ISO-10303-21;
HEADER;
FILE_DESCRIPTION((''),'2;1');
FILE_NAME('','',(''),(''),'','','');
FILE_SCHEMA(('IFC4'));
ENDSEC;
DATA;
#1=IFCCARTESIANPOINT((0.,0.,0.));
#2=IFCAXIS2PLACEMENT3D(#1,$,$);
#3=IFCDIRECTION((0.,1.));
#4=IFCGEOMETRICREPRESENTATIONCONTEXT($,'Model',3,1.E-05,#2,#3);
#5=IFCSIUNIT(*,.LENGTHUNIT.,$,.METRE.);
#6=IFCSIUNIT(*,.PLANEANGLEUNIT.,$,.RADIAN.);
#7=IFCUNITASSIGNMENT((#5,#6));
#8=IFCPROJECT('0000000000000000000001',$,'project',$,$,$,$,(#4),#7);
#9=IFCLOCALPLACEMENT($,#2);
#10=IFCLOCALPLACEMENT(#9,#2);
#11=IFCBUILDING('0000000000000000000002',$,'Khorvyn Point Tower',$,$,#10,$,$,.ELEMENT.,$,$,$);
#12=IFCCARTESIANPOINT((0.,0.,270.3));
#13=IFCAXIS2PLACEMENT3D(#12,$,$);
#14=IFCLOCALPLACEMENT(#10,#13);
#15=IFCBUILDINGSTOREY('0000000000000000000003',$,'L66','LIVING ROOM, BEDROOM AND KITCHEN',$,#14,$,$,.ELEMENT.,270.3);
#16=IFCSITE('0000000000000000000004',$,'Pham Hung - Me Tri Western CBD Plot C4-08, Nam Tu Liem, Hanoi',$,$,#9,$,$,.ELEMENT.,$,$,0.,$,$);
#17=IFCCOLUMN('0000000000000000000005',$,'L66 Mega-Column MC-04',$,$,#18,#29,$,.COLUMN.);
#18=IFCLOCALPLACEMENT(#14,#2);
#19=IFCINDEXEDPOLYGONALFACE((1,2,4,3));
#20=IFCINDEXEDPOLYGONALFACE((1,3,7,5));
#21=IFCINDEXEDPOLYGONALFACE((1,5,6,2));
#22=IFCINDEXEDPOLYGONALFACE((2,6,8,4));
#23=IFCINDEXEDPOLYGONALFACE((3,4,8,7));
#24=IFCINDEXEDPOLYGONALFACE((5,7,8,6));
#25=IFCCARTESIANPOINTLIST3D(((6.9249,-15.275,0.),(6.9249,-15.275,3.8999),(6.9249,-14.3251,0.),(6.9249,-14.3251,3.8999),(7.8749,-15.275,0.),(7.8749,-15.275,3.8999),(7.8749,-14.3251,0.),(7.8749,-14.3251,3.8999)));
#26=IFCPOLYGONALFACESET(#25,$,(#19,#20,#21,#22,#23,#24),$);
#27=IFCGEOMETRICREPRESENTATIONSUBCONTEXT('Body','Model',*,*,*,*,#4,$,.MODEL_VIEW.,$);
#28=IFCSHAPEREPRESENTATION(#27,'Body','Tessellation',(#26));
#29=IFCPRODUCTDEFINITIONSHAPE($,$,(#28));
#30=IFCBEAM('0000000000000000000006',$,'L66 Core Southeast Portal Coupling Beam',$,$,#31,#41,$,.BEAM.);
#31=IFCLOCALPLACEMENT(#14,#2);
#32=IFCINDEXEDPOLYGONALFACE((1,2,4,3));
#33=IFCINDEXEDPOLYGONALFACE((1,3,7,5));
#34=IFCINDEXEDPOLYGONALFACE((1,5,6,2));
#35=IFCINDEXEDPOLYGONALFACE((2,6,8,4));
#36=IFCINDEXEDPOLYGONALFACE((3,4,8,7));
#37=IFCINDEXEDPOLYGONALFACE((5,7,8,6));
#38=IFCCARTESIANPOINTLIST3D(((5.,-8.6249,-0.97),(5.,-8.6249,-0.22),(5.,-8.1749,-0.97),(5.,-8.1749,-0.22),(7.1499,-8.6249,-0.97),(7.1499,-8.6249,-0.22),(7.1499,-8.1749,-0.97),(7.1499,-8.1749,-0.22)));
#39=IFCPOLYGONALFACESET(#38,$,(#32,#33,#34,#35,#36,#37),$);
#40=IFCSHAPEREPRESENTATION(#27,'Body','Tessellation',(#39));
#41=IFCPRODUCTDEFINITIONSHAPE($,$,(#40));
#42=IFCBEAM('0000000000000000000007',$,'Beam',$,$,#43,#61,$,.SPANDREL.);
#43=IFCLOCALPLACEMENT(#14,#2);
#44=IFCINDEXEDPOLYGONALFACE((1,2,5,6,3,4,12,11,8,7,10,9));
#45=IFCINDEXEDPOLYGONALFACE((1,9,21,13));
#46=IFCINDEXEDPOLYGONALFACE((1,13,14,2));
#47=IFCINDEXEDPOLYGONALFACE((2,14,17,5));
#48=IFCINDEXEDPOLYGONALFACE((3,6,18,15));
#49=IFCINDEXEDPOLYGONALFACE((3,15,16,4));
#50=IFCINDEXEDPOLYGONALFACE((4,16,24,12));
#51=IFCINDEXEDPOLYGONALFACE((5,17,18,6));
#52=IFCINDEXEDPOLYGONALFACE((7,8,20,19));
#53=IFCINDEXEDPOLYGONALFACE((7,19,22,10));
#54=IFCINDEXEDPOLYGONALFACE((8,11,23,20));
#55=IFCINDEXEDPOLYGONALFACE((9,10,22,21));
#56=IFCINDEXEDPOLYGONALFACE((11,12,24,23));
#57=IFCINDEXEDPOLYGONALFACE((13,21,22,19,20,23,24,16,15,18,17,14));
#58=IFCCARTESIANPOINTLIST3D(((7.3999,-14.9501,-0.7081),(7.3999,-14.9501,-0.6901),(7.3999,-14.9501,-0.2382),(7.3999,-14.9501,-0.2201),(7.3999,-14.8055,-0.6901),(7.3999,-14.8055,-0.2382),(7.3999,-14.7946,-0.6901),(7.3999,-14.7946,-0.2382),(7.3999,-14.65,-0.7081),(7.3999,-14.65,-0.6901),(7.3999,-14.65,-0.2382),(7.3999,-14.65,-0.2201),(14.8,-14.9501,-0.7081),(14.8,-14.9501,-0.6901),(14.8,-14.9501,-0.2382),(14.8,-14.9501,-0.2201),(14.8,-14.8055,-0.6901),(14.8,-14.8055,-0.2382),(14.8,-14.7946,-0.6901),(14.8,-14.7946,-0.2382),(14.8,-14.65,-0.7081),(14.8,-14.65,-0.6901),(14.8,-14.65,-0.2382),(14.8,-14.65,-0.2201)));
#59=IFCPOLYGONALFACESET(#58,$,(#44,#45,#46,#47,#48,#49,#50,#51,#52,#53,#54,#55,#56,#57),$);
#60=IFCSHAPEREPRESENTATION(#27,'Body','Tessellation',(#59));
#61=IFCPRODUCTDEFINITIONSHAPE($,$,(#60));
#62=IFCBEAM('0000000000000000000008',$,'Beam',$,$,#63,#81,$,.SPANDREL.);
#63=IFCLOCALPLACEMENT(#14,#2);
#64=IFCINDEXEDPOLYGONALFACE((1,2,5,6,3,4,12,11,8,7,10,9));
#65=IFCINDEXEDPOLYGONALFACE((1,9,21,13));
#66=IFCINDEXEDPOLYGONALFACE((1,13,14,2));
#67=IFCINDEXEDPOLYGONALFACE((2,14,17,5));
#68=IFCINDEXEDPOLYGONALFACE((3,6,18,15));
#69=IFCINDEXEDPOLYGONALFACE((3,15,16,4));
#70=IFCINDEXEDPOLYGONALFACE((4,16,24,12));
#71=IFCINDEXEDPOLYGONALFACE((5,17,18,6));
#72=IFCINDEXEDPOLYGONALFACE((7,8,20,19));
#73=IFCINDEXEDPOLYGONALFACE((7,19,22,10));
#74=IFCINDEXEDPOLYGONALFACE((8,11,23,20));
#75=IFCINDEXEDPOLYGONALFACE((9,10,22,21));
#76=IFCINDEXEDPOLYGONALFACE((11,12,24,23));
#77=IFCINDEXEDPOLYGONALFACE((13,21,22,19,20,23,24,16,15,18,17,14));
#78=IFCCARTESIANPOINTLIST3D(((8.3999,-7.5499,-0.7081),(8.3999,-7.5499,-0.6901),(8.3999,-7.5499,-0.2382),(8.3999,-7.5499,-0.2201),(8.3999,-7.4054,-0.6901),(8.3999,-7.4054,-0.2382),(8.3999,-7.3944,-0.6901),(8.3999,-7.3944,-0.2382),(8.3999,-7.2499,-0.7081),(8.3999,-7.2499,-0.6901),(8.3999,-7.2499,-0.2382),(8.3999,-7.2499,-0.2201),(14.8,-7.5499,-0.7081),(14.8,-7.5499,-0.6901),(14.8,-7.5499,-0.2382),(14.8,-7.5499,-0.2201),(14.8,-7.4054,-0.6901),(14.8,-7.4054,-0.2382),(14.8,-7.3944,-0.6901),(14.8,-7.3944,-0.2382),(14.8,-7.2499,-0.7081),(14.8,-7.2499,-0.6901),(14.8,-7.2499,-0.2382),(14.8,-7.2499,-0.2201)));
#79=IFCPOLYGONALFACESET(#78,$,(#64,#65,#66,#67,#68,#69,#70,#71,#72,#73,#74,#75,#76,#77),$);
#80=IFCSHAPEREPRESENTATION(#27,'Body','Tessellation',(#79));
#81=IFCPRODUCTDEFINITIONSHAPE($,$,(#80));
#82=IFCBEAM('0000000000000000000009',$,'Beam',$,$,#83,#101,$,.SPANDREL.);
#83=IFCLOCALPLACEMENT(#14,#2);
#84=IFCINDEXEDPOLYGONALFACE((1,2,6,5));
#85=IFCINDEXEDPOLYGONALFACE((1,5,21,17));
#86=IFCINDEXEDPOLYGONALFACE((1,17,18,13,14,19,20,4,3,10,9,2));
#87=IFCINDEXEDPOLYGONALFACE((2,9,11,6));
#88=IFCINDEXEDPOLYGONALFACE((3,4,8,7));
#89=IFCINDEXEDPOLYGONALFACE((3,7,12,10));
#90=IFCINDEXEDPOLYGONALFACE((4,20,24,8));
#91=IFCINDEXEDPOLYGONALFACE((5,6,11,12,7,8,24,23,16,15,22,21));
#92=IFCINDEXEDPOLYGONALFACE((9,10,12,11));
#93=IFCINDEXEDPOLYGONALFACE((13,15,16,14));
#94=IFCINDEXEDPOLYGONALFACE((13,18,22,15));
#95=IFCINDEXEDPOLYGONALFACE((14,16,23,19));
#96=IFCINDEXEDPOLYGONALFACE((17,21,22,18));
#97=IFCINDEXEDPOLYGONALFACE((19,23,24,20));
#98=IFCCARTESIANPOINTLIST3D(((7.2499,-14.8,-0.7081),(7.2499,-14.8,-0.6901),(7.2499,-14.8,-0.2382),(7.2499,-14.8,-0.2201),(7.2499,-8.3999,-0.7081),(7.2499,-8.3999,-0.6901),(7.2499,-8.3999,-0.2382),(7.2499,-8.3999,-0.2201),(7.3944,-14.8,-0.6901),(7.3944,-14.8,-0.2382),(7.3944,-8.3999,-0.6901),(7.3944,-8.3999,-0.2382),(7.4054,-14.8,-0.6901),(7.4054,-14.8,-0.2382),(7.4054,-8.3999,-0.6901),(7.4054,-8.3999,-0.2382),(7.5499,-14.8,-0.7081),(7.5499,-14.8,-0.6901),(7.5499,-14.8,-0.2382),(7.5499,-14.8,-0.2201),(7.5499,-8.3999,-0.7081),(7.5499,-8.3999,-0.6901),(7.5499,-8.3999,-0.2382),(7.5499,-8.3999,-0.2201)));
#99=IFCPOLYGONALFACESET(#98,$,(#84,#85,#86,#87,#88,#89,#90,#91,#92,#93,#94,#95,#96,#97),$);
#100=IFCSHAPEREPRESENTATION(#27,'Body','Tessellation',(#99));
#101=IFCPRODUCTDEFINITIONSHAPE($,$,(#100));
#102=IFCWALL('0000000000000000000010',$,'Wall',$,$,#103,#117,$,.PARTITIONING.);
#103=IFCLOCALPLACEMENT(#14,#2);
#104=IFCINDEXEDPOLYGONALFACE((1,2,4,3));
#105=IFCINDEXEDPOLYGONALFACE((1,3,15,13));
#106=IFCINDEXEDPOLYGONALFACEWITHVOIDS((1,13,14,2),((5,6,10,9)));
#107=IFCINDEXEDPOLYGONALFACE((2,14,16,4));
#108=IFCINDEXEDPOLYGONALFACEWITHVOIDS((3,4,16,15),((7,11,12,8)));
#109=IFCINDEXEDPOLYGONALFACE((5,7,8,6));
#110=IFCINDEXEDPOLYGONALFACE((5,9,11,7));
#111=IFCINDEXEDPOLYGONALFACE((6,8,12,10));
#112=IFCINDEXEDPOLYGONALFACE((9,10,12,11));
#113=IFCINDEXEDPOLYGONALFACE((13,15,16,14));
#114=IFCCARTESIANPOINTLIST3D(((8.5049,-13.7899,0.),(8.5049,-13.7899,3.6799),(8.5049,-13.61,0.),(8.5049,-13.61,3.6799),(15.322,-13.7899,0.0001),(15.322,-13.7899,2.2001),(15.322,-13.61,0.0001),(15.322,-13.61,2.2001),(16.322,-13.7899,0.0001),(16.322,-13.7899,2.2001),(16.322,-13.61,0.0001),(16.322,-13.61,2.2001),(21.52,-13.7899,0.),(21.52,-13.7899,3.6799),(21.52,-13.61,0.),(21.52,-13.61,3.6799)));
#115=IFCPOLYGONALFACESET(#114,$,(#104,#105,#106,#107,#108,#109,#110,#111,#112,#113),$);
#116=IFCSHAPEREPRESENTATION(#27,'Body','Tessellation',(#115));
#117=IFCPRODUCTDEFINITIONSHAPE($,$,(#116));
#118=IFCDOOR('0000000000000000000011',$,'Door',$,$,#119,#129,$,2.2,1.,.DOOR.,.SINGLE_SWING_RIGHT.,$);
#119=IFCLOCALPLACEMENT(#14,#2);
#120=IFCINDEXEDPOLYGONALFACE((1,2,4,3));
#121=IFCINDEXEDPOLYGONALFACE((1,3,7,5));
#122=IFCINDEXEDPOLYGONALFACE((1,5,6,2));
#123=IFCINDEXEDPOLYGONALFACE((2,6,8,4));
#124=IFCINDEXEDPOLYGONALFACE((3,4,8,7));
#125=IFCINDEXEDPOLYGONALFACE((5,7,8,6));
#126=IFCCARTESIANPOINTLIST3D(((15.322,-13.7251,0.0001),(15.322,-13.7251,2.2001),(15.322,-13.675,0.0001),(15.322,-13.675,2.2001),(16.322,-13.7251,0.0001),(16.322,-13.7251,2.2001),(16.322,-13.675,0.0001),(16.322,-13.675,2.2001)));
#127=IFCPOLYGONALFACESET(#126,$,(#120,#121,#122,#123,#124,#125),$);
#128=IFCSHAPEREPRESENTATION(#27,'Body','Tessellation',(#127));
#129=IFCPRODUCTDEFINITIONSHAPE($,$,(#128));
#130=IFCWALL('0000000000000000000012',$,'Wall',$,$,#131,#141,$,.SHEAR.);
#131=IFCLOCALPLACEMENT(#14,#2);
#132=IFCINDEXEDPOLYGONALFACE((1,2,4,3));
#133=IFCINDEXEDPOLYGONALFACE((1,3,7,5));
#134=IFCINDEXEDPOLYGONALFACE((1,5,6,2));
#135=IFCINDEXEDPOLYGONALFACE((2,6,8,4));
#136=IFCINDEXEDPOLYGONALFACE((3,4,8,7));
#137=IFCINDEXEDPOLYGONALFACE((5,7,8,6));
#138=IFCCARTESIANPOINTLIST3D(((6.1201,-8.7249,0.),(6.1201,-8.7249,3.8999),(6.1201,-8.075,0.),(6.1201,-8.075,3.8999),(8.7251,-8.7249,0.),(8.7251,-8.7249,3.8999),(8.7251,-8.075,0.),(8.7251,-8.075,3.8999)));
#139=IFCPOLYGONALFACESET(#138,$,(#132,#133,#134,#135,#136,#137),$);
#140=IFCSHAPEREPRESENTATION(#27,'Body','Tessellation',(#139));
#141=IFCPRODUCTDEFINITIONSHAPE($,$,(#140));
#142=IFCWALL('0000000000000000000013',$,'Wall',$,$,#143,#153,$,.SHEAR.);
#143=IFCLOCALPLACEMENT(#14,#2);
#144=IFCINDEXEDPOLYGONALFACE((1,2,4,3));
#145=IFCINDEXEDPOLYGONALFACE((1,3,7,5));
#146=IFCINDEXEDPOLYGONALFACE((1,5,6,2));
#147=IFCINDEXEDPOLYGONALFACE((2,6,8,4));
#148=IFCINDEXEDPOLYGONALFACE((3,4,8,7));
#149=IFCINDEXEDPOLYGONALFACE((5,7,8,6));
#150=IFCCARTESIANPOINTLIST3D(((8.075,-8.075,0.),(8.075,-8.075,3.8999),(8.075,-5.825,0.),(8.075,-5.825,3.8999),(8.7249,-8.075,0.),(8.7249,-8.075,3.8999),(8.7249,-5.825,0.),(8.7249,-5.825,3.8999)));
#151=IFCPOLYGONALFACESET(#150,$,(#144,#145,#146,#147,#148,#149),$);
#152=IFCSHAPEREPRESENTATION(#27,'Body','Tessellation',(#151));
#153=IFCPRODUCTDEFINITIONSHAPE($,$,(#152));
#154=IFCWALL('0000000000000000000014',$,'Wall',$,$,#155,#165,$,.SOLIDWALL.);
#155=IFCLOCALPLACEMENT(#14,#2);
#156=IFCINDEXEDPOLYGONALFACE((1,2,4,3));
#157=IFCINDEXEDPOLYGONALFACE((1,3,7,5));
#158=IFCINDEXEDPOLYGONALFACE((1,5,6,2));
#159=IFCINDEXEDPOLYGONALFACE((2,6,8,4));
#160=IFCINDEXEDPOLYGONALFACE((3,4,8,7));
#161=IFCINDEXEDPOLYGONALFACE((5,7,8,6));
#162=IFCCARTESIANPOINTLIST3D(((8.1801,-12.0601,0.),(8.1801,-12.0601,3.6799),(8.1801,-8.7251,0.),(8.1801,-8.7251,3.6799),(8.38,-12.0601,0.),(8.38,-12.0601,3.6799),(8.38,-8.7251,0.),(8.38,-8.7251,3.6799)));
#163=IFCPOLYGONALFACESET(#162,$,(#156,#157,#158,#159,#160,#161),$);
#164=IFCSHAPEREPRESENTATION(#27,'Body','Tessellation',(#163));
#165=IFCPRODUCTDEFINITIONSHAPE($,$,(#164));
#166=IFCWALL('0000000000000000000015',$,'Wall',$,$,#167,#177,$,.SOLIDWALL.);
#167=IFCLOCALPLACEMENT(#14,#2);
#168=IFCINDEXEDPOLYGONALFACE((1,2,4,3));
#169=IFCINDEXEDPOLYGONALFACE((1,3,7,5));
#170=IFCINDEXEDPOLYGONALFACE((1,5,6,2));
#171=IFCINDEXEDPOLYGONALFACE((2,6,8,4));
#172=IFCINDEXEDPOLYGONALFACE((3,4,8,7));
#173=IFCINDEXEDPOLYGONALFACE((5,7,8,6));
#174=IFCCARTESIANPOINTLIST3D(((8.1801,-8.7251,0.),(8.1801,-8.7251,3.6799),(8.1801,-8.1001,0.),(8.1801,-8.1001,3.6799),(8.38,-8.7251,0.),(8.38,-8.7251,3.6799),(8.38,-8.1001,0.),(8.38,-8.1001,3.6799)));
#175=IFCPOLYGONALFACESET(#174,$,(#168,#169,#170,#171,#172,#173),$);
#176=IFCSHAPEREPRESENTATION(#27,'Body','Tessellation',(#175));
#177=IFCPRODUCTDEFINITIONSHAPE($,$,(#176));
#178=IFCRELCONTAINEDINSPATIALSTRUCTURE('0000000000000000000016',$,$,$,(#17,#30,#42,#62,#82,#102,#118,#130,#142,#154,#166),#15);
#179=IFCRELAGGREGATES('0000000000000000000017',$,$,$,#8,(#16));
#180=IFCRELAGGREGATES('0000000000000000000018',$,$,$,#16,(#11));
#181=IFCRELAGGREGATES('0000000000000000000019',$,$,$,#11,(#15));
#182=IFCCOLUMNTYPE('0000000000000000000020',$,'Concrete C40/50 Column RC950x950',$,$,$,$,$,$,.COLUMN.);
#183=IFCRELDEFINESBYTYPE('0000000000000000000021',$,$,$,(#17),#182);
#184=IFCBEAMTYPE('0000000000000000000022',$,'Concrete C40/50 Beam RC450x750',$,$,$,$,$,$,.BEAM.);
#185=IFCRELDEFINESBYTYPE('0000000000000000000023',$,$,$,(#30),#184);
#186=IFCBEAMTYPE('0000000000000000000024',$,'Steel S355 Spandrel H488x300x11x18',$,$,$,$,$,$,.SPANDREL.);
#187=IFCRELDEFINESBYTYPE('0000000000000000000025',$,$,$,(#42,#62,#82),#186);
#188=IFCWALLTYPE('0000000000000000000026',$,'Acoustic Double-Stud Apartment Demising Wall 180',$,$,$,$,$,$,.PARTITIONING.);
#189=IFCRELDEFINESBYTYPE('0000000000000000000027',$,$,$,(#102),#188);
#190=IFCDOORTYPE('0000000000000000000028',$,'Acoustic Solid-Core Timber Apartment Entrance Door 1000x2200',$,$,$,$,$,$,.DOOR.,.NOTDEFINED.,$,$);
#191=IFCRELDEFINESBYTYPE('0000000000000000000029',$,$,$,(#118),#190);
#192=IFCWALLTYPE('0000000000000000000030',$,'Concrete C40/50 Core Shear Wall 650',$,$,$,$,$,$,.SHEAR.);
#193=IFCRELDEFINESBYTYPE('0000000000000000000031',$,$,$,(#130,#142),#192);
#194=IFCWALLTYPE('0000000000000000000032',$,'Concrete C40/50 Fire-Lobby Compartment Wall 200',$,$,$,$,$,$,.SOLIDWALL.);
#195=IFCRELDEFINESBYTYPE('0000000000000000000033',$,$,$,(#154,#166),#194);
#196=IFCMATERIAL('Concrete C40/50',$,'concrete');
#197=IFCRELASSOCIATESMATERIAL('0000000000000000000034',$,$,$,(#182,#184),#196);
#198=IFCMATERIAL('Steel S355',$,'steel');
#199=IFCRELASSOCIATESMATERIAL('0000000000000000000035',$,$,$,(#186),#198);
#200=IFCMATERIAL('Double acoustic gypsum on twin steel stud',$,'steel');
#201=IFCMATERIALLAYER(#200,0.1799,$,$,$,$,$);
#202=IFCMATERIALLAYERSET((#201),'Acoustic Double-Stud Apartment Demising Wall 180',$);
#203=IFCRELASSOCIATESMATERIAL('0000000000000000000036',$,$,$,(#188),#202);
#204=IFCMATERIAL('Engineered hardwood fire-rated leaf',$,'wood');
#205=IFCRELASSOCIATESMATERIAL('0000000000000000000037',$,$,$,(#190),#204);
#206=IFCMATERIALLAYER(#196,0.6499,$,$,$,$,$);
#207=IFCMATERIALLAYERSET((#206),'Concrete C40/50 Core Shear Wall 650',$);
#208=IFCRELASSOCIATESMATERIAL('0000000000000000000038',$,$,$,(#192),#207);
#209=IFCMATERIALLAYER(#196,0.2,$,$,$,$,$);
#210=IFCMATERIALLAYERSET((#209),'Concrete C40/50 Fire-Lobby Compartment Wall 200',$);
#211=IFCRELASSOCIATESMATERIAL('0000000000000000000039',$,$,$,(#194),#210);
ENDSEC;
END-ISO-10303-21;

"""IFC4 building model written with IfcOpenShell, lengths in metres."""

from ifc_helpers import new_model, si_unit, direction, frame, frame_2d, origin, origin_2d, place, context, subcontext, project, spatial, rectangle, i_section, extrude, material, layer, layer_set, material_profile, profile_set, type_object, element, fill, save


model = new_model("IFC4")

# Units and contexts
model_context = context("Model", 3, precision=1e-05, world=origin(), true_north=direction((0.0, 1.0)))
body_context = subcontext(model_context, "Body", "Model", "MODEL_VIEW")
ifc_project = project(units=[si_unit("LENGTHUNIT", "METRE"), si_unit("PLANEANGLEUNIT", "RADIAN")], contexts=[model_context])

# Site, building, storey
site_placement = place(None, origin())
site = spatial("IfcSite", under=ifc_project, at=site_placement, Name="Pham Hung - Me Tri Western CBD Plot C4-08, Nam Tu Liem, Hanoi", CompositionType="ELEMENT", RefElevation=0.0)
building_placement = place(site_placement, origin())
building = spatial("IfcBuilding", under=site, at=building_placement, Name="Khorvyn Point Tower", CompositionType="ELEMENT")
storey_placement = place(building_placement, frame((0.0, 0.0, 270.3)))
storey = spatial("IfcBuildingStorey", under=building, at=storey_placement, Name="L66", Description="LIVING ROOM, BEDROOM AND KITCHEN", CompositionType="ELEMENT", Elevation=270.3)

# Column
ifc_material_1 = material(Name="Concrete C40/50", Category="concrete")
ifc_material_profile_1 = material_profile(ifc_material_1, rectangle(XDim=0.95, YDim=0.95, at=origin_2d()))
ifc_profile_set_1 = profile_set([ifc_material_profile_1], Name="Concrete C40/50 RC950x950")
column_type = type_object("IfcColumnType", Name="Concrete C40/50 Column RC950x950", PredefinedType="COLUMN", material=ifc_profile_set_1)
column_placement = place(storey_placement, frame((7.3999, -14.8, 0.0), z_axis=(0.0, 0.0, 1.0), x_axis=(1.0, 0.0, 0.0)))
element("IfcColumn", 1, at=column_placement, inside=storey, type_object=column_type, Name="L66 Mega-Column MC-04", PredefinedType="COLUMN", context=body_context, shape_type="SweptSolid", body=[
    extrude(rectangle(XDim=0.95, YDim=0.95, at=origin_2d()), origin(), (0.0, 0.0, 1.0), 3.8999),
])

# Beams
ifc_material_profile_2 = material_profile(ifc_material_1, rectangle(XDim=0.45, YDim=0.75, at=origin_2d()))
ifc_profile_set_2 = profile_set([ifc_material_profile_2], Name="Concrete C40/50 RC450x750")
beam_type_1 = type_object("IfcBeamType", Name="Concrete C40/50 Beam RC450x750", PredefinedType="BEAM", material=ifc_profile_set_2)
beam_1_placement = place(storey_placement, frame((5.0, -8.3999, -0.595), z_axis=(1.0, 0.0, 0.0), x_axis=(0.0, 1.0, 0.0)))
element("IfcBeam", 2, at=beam_1_placement, inside=storey, type_object=beam_type_1, Name="L66 Core Southeast Portal Coupling Beam", PredefinedType="BEAM", context=body_context, shape_type="SweptSolid", body=[
    extrude(rectangle(XDim=0.45, YDim=0.75, at=origin_2d()), origin(), (0.0, 0.0, 1.0), 2.1499),
])
ifc_material_2 = material(Name="Steel S355", Category="steel")
ifc_material_profile_3 = material_profile(ifc_material_2, i_section(OverallWidth=0.3, OverallDepth=0.488, WebThickness=0.011, FlangeThickness=0.0181, at=origin_2d()))
ifc_profile_set_3 = profile_set([ifc_material_profile_3], Name="Steel S355 H488x300x11x18")
beam_type_2 = type_object("IfcBeamType", Name="Steel S355 Spandrel H488x300x11x18", PredefinedType="SPANDREL", material=ifc_profile_set_3)
beam_2_placement = place(storey_placement, frame((7.3999, -14.8, -0.4641), z_axis=(1.0, 0.0, 0.0), x_axis=(0.0, 1.0, 0.0)))
element("IfcBeam", 3, at=beam_2_placement, inside=storey, type_object=beam_type_2, Name="Beam", PredefinedType="SPANDREL", context=body_context, shape_type="SweptSolid", body=[
    extrude(i_section(OverallWidth=0.3, OverallDepth=0.488, WebThickness=0.011, FlangeThickness=0.0181, at=origin_2d()), origin(), (0.0, 0.0, 1.0), 7.4001),
])
for number, where, z_axis, x_axis, name in (
    (4, (8.3999, -7.3999, -0.4641), (1.0, 0.0, 0.0), (0.0, 1.0, 0.0), "Beam"),
    (5, (7.3999, -14.8, -0.4641), (0.0, 1.0, 0.0), (-1.0, 0.0, 0.0), "Beam"),
):
    element("IfcBeam", number, at=place(storey_placement, frame(where, z_axis=z_axis, x_axis=x_axis)), inside=storey, type_object=beam_type_2, Name=name, PredefinedType="SPANDREL", context=body_context, shape_type="SweptSolid", body=[
        extrude(i_section(OverallWidth=0.3, OverallDepth=0.488, WebThickness=0.011, FlangeThickness=0.0181, at=origin_2d()), origin(), (0.0, 0.0, 1.0), 6.4001),
    ])

# Wall, opening, door
ifc_material_3 = material(Name="Double acoustic gypsum on twin steel stud", Category="steel")
ifc_layer_1 = layer(ifc_material_3, 0.1799)
ifc_layer_set_1 = layer_set([ifc_layer_1], Name="Acoustic Double-Stud Apartment Demising Wall 180")
wall_type_1 = type_object("IfcWallType", Name="Acoustic Double-Stud Apartment Demising Wall 180", PredefinedType="PARTITIONING", material=ifc_layer_set_1)
wall_1_placement = place(storey_placement, frame((8.5049, -13.7, 0.0), z_axis=(0.0, 0.0, 1.0), x_axis=(1.0, 0.0, 0.0)))
wall_1 = element("IfcWall", 6, at=wall_1_placement, inside=storey, type_object=wall_type_1, Name="Wall", PredefinedType="PARTITIONING", context=body_context, shape_type="SweptSolid", body=[
    extrude(rectangle(XDim=13.0151, YDim=0.1799, at=frame_2d((6.5076, 0.0))), origin(), (0.0, 0.0, 1.0), 3.6799),
])
opening_1_placement = place(wall_1_placement, frame((6.8171, 0.0, 0.0)))
opening_1 = element("IfcOpeningElement", 7, at=opening_1_placement, cuts=wall_1, PredefinedType="OPENING", context=body_context, shape_type="SweptSolid", body=[
    extrude(rectangle(XDim=1.0, YDim=2.2, at=frame_2d((0.5, 1.1001))), frame((0.0, 0.0999, 0.0), z_axis=(0.0, -1.0, 0.0), x_axis=(1.0, 0.0, 0.0)), (0.0, 0.0, 1.0), 0.2),
])
ifc_material_4 = material(Name="Engineered hardwood fire-rated leaf", Category="wood")
door_type_1 = type_object("IfcDoorType", Name="Acoustic Solid-Core Timber Apartment Entrance Door 1000x2200", OperationType="NOTDEFINED", PredefinedType="DOOR", material=ifc_material_4)
door_1_placement = place(opening_1_placement, origin())
door_1 = element("IfcDoor", 8, at=door_1_placement, inside=storey, type_object=door_type_1, Name="Door", OperationType="SINGLE_SWING_RIGHT", OverallHeight=2.2, OverallWidth=1.0, PredefinedType="DOOR", context=body_context, shape_type="SweptSolid", body=[
    extrude(rectangle(XDim=1.0, YDim=2.2, at=frame_2d((0.5, 1.1001))), frame((0.0, 0.0249, 0.0), z_axis=(0.0, -1.0, 0.0), x_axis=(1.0, 0.0, 0.0)), (0.0, 0.0, 1.0), 0.05),
])
fill(opening_1, door_1)

# Walls
ifc_layer_2 = layer(ifc_material_1, 0.6499)
ifc_layer_set_2 = layer_set([ifc_layer_2], Name="Concrete C40/50 Core Shear Wall 650")
wall_type_2 = type_object("IfcWallType", Name="Concrete C40/50 Core Shear Wall 650", PredefinedType="SHEAR", material=ifc_layer_set_2)
wall_2_placement = place(storey_placement, frame((6.1201, -8.3999, 0.0), z_axis=(0.0, 0.0, 1.0), x_axis=(1.0, 0.0, 0.0)))
element("IfcWall", 9, at=wall_2_placement, inside=storey, type_object=wall_type_2, Name="Wall", PredefinedType="SHEAR", context=body_context, shape_type="SweptSolid", body=[
    extrude(rectangle(XDim=2.605, YDim=0.6499, at=frame_2d((1.3025, 0.0))), origin(), (0.0, 0.0, 1.0), 3.8999),
])
wall_3_placement = place(storey_placement, frame((8.3999, -8.075, 0.0), z_axis=(0.0, 0.0, 1.0), x_axis=(0.0, 1.0, 0.0)))
element("IfcWall", 10, at=wall_3_placement, inside=storey, type_object=wall_type_2, Name="Wall", PredefinedType="SHEAR", context=body_context, shape_type="SweptSolid", body=[
    extrude(rectangle(XDim=2.25, YDim=0.6499, at=frame_2d((1.125, 0.0))), origin(), (0.0, 0.0, 1.0), 3.8999),
])

# Shared definitions
ifc_layer_3 = layer(ifc_material_1, 0.2)
ifc_layer_set_3 = layer_set([ifc_layer_3], Name="Concrete C40/50 Fire-Lobby Compartment Wall 200")
wall_type_3 = type_object("IfcWallType", Name="Concrete C40/50 Fire-Lobby Compartment Wall 200", PredefinedType="SOLIDWALL", material=ifc_layer_set_3)

# Walls
wall_4_placement = place(storey_placement, frame((8.28, -12.0601, 0.0), z_axis=(0.0, 0.0, 1.0), x_axis=(0.0, 1.0, 0.0)))
element("IfcWall", 11, at=wall_4_placement, inside=storey, type_object=wall_type_3, Name="Wall", PredefinedType="SOLIDWALL", context=body_context, shape_type="SweptSolid", body=[
    extrude(rectangle(XDim=3.335, YDim=0.2, at=frame_2d((1.6675, 0.0))), origin(), (0.0, 0.0, 1.0), 3.6799),
])
wall_5_placement = place(storey_placement, frame((8.28, -8.7251, 0.0), z_axis=(0.0, 0.0, 1.0), x_axis=(0.0, 1.0, 0.0)))
element("IfcWall", 12, at=wall_5_placement, inside=storey, type_object=wall_type_3, Name="Wall", PredefinedType="SOLIDWALL", context=body_context, shape_type="SweptSolid", body=[
    extrude(rectangle(XDim=0.625, YDim=0.2, at=frame_2d((0.3125, 0.0))), origin(), (0.0, 0.0, 1.0), 3.6799),
])

save(model, "model.ifc")
